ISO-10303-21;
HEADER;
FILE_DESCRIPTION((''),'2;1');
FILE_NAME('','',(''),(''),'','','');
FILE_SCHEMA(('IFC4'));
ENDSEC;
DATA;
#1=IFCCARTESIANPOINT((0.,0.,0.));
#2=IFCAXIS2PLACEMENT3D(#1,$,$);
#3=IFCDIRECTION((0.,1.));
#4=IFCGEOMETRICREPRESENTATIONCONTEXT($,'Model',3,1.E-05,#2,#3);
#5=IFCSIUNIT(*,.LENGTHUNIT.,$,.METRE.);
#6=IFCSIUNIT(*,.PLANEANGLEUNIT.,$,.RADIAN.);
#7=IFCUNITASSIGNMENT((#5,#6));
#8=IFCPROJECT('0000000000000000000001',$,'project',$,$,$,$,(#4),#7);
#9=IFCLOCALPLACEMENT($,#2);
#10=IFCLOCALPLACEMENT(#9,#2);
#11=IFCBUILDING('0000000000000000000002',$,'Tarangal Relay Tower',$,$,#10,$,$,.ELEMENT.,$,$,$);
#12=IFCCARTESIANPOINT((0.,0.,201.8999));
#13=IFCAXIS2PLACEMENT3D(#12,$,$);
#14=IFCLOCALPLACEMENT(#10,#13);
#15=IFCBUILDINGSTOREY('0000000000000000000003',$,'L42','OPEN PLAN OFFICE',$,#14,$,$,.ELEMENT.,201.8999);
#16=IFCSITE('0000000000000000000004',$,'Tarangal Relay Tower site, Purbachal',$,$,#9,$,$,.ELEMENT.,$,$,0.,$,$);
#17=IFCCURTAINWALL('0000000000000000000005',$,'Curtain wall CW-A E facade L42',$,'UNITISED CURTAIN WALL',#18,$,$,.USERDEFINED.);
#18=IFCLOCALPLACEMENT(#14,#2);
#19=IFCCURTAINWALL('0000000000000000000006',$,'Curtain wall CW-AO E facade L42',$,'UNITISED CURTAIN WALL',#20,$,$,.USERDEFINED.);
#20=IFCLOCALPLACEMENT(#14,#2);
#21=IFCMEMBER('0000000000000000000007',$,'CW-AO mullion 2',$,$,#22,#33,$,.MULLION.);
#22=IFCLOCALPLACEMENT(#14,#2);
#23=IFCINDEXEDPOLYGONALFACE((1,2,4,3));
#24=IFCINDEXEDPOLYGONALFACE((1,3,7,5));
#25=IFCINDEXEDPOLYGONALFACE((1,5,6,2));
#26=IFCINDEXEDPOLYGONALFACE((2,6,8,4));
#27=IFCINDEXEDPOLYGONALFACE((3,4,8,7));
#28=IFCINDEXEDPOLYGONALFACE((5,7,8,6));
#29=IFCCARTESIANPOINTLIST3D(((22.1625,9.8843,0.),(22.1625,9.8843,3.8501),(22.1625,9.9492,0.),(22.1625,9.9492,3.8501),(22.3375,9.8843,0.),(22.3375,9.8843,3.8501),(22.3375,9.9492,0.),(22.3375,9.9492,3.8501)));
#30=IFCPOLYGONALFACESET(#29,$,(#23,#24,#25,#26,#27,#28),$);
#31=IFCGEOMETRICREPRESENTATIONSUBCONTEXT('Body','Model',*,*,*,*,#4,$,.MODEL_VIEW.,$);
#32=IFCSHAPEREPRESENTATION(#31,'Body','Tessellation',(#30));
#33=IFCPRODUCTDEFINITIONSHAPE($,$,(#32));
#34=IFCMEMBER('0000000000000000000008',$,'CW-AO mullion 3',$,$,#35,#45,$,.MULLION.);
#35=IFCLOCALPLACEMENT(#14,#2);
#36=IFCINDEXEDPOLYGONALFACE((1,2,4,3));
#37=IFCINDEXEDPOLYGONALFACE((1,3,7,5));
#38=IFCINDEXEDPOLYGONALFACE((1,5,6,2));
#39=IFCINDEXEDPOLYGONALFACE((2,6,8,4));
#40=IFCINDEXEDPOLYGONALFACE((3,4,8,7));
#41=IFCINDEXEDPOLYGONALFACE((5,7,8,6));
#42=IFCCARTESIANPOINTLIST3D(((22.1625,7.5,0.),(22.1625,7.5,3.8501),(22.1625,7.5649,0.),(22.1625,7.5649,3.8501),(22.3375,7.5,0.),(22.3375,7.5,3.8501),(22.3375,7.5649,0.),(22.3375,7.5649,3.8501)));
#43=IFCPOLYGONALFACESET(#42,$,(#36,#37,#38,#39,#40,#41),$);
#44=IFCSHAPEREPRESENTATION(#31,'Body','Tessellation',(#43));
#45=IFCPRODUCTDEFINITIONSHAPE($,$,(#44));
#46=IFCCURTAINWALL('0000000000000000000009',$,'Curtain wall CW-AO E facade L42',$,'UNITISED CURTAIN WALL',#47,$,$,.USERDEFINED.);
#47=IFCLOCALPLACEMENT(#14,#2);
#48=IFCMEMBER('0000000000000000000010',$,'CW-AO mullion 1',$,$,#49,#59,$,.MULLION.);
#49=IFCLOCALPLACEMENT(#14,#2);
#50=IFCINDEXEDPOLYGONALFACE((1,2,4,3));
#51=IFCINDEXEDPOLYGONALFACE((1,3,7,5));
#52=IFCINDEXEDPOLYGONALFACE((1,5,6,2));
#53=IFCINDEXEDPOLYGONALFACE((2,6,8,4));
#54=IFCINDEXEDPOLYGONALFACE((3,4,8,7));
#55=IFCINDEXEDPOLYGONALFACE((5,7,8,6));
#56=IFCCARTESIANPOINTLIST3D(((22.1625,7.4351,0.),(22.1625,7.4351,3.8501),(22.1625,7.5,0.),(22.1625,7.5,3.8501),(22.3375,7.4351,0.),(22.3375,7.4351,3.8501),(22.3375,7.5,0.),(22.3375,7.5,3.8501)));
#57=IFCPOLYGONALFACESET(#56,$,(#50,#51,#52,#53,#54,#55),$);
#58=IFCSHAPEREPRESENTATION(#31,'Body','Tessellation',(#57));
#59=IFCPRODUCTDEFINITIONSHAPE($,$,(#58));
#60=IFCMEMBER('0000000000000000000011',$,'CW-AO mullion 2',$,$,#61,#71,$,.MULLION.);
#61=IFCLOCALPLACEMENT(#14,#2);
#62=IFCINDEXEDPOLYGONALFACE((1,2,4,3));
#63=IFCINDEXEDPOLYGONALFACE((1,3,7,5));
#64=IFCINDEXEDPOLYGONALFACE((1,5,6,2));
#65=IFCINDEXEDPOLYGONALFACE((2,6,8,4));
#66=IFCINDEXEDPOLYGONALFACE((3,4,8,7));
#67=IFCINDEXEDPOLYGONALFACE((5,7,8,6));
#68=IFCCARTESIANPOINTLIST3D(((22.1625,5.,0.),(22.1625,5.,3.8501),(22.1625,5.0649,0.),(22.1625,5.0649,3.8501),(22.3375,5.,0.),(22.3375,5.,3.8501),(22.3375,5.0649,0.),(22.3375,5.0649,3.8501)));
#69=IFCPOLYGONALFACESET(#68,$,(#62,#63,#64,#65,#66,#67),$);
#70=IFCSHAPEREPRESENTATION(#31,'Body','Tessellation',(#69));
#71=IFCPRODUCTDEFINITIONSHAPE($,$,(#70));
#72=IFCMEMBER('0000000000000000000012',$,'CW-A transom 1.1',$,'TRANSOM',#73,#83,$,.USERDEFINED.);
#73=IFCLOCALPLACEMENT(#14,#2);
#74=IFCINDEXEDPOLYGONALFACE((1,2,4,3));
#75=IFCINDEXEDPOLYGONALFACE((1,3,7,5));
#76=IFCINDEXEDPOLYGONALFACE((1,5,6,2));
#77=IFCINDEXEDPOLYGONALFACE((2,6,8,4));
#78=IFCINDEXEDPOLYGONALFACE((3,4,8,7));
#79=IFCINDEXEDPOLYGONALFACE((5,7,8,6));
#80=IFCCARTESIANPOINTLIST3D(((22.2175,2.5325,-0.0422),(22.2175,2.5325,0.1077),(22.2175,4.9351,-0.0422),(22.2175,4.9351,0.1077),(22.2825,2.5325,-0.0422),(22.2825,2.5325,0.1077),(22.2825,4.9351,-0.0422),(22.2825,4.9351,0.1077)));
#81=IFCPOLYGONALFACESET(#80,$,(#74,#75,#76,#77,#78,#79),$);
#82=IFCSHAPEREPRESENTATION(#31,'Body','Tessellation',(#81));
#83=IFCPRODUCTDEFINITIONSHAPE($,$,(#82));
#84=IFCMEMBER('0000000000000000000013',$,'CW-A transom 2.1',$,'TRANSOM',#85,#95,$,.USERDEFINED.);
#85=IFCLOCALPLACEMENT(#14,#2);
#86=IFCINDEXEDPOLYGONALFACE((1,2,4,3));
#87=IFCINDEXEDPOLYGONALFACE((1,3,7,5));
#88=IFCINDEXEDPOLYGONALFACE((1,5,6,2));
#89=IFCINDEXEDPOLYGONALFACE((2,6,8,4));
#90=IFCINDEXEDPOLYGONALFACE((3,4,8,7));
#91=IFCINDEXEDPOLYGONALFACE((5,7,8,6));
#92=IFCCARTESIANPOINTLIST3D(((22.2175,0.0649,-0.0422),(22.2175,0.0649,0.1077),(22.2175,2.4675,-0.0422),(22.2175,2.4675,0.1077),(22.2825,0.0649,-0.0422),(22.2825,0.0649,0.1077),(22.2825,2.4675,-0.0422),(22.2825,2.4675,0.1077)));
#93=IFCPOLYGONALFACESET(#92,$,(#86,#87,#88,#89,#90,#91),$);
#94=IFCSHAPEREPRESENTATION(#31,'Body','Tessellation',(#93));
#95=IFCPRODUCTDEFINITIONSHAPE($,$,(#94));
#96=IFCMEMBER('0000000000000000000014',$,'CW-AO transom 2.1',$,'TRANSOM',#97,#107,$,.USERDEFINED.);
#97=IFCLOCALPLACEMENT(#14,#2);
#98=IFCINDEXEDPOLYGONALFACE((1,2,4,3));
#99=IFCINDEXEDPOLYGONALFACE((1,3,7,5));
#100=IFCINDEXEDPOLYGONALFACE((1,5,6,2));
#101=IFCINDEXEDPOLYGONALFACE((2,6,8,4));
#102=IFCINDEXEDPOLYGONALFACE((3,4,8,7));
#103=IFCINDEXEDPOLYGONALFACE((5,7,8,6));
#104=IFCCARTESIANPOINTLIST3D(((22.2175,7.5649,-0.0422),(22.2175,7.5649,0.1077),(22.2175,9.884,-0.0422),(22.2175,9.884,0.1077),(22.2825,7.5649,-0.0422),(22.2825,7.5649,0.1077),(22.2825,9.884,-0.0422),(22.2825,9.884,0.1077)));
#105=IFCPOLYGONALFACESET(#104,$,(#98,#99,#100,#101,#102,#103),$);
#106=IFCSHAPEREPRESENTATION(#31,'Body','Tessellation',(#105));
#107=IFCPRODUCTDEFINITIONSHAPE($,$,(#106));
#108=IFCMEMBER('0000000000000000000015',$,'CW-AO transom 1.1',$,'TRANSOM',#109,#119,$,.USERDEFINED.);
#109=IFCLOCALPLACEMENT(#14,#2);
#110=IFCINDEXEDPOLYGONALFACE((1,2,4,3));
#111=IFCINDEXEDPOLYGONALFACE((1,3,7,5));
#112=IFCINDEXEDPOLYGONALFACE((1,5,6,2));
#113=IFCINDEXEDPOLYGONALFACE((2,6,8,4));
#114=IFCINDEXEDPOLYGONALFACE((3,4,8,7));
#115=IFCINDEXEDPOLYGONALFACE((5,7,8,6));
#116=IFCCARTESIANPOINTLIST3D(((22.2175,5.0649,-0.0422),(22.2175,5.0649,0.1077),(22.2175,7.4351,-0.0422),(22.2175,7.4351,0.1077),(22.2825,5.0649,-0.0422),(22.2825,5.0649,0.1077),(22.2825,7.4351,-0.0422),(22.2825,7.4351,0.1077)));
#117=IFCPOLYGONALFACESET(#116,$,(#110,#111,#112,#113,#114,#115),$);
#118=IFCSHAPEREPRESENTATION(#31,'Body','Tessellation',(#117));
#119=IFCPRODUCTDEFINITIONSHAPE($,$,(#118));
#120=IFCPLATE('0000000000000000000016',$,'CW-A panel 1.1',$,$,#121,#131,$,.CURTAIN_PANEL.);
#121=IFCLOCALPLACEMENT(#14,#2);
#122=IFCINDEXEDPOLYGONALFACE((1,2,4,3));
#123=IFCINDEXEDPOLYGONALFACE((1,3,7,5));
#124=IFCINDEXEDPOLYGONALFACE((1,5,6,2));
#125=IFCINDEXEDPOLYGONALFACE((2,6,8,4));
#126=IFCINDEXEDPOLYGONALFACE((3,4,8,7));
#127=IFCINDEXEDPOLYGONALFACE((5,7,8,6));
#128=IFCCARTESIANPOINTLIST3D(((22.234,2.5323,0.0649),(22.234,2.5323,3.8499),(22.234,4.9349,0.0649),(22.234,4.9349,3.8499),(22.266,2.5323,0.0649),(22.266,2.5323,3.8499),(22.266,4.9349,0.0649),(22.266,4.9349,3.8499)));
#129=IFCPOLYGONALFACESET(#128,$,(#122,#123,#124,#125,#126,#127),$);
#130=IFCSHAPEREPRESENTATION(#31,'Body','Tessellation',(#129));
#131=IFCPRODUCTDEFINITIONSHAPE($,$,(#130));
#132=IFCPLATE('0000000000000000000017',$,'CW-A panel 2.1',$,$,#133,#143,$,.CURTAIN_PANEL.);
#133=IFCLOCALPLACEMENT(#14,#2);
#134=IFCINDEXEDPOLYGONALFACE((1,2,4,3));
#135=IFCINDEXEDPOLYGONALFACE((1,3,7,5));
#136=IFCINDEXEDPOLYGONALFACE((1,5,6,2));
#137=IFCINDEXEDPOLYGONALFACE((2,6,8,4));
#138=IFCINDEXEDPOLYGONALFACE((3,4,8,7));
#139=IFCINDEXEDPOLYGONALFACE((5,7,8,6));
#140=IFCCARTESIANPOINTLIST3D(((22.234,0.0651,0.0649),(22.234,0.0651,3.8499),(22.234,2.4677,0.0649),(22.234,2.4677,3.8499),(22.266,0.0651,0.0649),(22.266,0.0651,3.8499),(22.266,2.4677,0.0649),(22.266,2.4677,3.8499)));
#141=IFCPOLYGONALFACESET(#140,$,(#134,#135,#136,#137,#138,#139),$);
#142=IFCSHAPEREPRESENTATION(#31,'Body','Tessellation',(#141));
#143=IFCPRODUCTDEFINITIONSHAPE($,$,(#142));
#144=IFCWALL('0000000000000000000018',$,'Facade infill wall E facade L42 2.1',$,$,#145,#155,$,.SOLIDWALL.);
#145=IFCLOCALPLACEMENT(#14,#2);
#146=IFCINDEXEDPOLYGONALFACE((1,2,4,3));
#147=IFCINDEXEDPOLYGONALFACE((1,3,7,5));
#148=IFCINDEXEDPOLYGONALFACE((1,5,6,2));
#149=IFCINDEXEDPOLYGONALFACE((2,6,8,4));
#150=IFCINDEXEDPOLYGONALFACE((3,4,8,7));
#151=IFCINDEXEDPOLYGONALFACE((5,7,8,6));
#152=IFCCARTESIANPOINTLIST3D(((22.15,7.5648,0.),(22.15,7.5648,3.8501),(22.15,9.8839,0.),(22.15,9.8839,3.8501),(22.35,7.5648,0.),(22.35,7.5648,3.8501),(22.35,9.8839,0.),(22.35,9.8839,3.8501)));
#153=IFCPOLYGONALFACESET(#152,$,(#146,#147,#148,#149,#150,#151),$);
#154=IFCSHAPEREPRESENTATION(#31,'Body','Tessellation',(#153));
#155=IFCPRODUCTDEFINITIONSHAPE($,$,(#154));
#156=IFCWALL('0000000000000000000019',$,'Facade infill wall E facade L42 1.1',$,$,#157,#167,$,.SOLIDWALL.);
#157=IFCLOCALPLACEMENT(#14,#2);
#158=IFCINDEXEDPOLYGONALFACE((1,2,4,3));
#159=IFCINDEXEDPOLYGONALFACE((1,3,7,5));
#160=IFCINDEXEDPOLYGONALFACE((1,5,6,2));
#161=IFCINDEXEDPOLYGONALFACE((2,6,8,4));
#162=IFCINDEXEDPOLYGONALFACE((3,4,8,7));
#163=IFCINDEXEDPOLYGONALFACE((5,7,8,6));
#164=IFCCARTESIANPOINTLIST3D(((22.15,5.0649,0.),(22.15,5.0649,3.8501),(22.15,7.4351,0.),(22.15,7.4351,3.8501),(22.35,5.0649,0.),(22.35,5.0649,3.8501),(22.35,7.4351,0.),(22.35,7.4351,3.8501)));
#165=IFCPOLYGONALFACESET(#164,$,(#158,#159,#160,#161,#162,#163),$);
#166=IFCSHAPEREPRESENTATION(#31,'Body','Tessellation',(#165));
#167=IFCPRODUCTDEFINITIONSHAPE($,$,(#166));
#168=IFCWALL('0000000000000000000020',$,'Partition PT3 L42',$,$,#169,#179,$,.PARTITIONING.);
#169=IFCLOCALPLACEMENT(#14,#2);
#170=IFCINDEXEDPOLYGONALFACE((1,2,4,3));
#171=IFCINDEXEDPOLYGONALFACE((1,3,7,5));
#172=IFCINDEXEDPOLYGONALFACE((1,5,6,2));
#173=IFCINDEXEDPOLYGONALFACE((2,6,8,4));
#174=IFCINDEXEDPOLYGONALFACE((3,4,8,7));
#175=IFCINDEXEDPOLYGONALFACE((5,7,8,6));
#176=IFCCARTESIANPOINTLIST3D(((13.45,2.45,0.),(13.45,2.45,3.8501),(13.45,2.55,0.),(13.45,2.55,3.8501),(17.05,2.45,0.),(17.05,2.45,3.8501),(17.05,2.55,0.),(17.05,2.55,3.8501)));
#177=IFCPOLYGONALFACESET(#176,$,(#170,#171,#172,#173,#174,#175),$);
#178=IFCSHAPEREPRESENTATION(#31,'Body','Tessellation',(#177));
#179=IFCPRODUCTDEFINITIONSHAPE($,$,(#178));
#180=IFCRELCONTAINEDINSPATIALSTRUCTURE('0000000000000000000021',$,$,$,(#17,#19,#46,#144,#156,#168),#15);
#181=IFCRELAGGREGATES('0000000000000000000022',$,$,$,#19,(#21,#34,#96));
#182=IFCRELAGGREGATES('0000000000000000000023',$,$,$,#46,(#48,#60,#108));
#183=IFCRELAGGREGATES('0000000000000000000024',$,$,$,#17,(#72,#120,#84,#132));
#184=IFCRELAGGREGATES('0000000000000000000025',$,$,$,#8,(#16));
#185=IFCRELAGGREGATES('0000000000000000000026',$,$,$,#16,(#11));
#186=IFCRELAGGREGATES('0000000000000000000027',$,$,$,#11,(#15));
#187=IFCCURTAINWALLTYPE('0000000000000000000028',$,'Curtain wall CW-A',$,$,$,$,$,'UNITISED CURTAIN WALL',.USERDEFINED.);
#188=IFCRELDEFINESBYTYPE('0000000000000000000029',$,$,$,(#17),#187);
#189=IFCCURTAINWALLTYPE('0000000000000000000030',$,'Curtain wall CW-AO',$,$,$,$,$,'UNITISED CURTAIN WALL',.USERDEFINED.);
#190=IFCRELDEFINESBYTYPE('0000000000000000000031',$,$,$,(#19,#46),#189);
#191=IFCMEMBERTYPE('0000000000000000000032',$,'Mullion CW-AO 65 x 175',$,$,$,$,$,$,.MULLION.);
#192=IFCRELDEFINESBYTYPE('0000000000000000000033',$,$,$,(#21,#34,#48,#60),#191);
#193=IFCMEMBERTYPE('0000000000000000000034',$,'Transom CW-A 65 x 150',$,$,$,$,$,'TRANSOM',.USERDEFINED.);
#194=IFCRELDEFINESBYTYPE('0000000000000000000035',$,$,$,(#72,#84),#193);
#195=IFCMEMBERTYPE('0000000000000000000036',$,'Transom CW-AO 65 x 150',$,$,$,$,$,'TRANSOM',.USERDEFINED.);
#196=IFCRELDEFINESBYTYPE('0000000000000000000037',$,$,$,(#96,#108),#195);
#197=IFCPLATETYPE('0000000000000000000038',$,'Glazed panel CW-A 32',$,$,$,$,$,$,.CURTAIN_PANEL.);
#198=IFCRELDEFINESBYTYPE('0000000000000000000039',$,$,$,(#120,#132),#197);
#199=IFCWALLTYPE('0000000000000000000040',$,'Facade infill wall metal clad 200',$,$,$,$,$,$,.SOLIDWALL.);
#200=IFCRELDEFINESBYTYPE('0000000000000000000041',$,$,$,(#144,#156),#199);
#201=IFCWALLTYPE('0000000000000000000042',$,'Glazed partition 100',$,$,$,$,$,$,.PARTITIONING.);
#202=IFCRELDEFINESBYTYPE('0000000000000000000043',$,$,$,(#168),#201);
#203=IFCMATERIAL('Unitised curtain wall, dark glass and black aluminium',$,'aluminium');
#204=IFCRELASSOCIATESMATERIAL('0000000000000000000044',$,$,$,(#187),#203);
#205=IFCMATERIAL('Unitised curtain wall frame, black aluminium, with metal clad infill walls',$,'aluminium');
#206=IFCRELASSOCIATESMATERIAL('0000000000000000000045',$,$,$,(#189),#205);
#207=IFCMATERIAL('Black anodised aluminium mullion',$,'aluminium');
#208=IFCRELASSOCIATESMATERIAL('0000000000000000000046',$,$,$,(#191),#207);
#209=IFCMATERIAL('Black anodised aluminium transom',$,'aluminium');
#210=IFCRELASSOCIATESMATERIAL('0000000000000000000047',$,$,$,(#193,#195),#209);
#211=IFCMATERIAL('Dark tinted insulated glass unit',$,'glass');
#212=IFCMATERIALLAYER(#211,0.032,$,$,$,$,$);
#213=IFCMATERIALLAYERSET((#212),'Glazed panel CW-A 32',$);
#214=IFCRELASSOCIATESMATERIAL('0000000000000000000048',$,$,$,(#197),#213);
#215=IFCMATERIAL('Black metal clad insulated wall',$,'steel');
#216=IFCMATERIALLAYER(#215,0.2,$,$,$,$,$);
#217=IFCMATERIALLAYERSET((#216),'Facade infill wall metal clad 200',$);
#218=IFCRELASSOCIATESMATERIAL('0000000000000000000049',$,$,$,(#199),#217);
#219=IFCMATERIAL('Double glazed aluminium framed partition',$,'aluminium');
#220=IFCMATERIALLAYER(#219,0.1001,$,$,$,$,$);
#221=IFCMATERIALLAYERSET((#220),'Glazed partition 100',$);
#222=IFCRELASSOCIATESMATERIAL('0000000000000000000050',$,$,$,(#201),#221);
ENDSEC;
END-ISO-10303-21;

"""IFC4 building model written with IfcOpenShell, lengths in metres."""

from ifc_helpers import new_model, si_unit, direction, frame, frame_2d, origin, origin_2d, place, context, subcontext, project, spatial, rectangle, extrude, material, layer, layer_set, material_profile, profile_set, type_object, element, aggregate, save


model = new_model("IFC4")

# Units and contexts
model_context = context("Model", 3, precision=1e-05, world=origin(), true_north=direction((0.0, 1.0)))
body_context = subcontext(model_context, "Body", "Model", "MODEL_VIEW")
ifc_project = project(units=[si_unit("LENGTHUNIT", "METRE"), si_unit("PLANEANGLEUNIT", "RADIAN")], contexts=[model_context])

# Site, building, storey
site_placement = place(None, origin())
site = spatial("IfcSite", under=ifc_project, at=site_placement, Name="Tarangal Relay Tower site, Purbachal", CompositionType="ELEMENT", RefElevation=0.0)
building_placement = place(site_placement, origin())
building = spatial("IfcBuilding", under=site, at=building_placement, Name="Tarangal Relay Tower", CompositionType="ELEMENT")
storey_placement = place(building_placement, frame((0.0, 0.0, 201.8999)))
storey = spatial("IfcBuildingStorey", under=building, at=storey_placement, Name="L42", Description="OPEN PLAN OFFICE", CompositionType="ELEMENT", Elevation=201.8999)

# Curtain walls, members
ifc_material_1 = material(Name="Unitised curtain wall, dark glass and black aluminium", Category="aluminium")
curtain_wall_type_1 = type_object("IfcCurtainWallType", Name="Curtain wall CW-A", ElementType="UNITISED CURTAIN WALL", PredefinedType="USERDEFINED", material=ifc_material_1)
curtain_wall_1_placement = place(storey_placement, origin())
curtain_wall_1 = element("IfcCurtainWall", 1, at=curtain_wall_1_placement, inside=storey, type_object=curtain_wall_type_1, Name="Curtain wall CW-A E facade L42", ObjectType="UNITISED CURTAIN WALL", PredefinedType="USERDEFINED")
ifc_material_2 = material(Name="Black anodised aluminium mullion", Category="aluminium")
ifc_material_3 = material(Name="Unitised curtain wall frame, black aluminium, with metal clad infill walls", Category="aluminium")
curtain_wall_type_2 = type_object("IfcCurtainWallType", Name="Curtain wall CW-AO", ElementType="UNITISED CURTAIN WALL", PredefinedType="USERDEFINED", material=ifc_material_3)
curtain_wall_2_placement = place(storey_placement, origin())
curtain_wall_2 = element("IfcCurtainWall", 2, at=curtain_wall_2_placement, inside=storey, type_object=curtain_wall_type_2, Name="Curtain wall CW-AO E facade L42", ObjectType="UNITISED CURTAIN WALL", PredefinedType="USERDEFINED")
ifc_material_profile_1 = material_profile(ifc_material_2, rectangle(XDim=0.175, YDim=0.0649, at=origin_2d()), Name="CW-AOM 65X175")
ifc_profile_set_1 = profile_set([ifc_material_profile_1], Name="Black anodised aluminium mullion")
member_type_1 = type_object("IfcMemberType", Name="Mullion CW-AO 65 x 175", PredefinedType="MULLION", material=ifc_profile_set_1)
member_1_placement = place(storey_placement, frame((22.25, 9.9167, 0.0), z_axis=(0.0, 0.0, 1.0), x_axis=(1.0, 0.0, 0.0)))
member_1 = element("IfcMember", 3, at=member_1_placement, type_object=member_type_1, Name="CW-AO mullion 2", PredefinedType="MULLION", context=body_context, shape_type="SweptSolid", body=[
    extrude(rectangle(XDim=0.175, YDim=0.0649, at=origin_2d()), origin(), (0.0, 0.0, 1.0), 3.8501),
])
member_2_placement = place(storey_placement, frame((22.25, 7.5325, 0.0), z_axis=(0.0, 0.0, 1.0), x_axis=(1.0, 0.0, 0.0)))
member_2 = element("IfcMember", 4, at=member_2_placement, type_object=member_type_1, Name="CW-AO mullion 3", PredefinedType="MULLION", context=body_context, shape_type="SweptSolid", body=[
    extrude(rectangle(XDim=0.175, YDim=0.0649, at=origin_2d()), origin(), (0.0, 0.0, 1.0), 3.8501),
])
curtain_wall_3_placement = place(storey_placement, origin())
curtain_wall_3 = element("IfcCurtainWall", 5, at=curtain_wall_3_placement, inside=storey, type_object=curtain_wall_type_2, Name="Curtain wall CW-AO E facade L42", ObjectType="UNITISED CURTAIN WALL", PredefinedType="USERDEFINED")
member_3_placement = place(storey_placement, frame((22.25, 7.4675, 0.0), z_axis=(0.0, 0.0, 1.0), x_axis=(1.0, 0.0, 0.0)))
member_3 = element("IfcMember", 6, at=member_3_placement, type_object=member_type_1, Name="CW-AO mullion 1", PredefinedType="MULLION", context=body_context, shape_type="SweptSolid", body=[
    extrude(rectangle(XDim=0.175, YDim=0.0649, at=origin_2d()), origin(), (0.0, 0.0, 1.0), 3.8501),
])
member_4_placement = place(storey_placement, frame((22.25, 5.0325, 0.0), z_axis=(0.0, 0.0, 1.0), x_axis=(1.0, 0.0, 0.0)))
member_4 = element("IfcMember", 7, at=member_4_placement, type_object=member_type_1, Name="CW-AO mullion 2", PredefinedType="MULLION", context=body_context, shape_type="SweptSolid", body=[
    extrude(rectangle(XDim=0.175, YDim=0.0649, at=origin_2d()), origin(), (0.0, 0.0, 1.0), 3.8501),
])

# Members
ifc_material_4 = material(Name="Black anodised aluminium transom", Category="aluminium")
ifc_material_profile_2 = material_profile(ifc_material_4, rectangle(XDim=0.0649, YDim=0.1499, at=origin_2d()), Name="CW-AT 65X150")
ifc_profile_set_2 = profile_set([ifc_material_profile_2], Name="Black anodised aluminium transom")
member_type_2 = type_object("IfcMemberType", Name="Transom CW-A 65 x 150", ElementType="TRANSOM", PredefinedType="USERDEFINED", material=ifc_profile_set_2)
member_5_placement = place(storey_placement, frame((22.25, 4.9351, 0.0327), z_axis=(0.0, -1.0, 0.0), x_axis=(1.0, 0.0, 0.0)))
member_5 = element("IfcMember", 8, at=member_5_placement, type_object=member_type_2, Name="CW-A transom 1.1", ObjectType="TRANSOM", PredefinedType="USERDEFINED", context=body_context, shape_type="SweptSolid", body=[
    extrude(rectangle(XDim=0.0649, YDim=0.1499, at=origin_2d()), origin(), (0.0, 0.0, 1.0), 2.4026),
])
member_6_placement = place(storey_placement, frame((22.25, 2.4675, 0.0327), z_axis=(0.0, -1.0, 0.0), x_axis=(1.0, 0.0, 0.0)))
member_6 = element("IfcMember", 9, at=member_6_placement, type_object=member_type_2, Name="CW-A transom 2.1", ObjectType="TRANSOM", PredefinedType="USERDEFINED", context=body_context, shape_type="SweptSolid", body=[
    extrude(rectangle(XDim=0.0649, YDim=0.1499, at=origin_2d()), origin(), (0.0, 0.0, 1.0), 2.4026),
])
ifc_material_profile_3 = material_profile(ifc_material_4, rectangle(XDim=0.0649, YDim=0.1499, at=origin_2d()), Name="CW-AOT 65X150")
ifc_profile_set_3 = profile_set([ifc_material_profile_3], Name="Black anodised aluminium transom")
member_type_3 = type_object("IfcMemberType", Name="Transom CW-AO 65 x 150", ElementType="TRANSOM", PredefinedType="USERDEFINED", material=ifc_profile_set_3)
member_7_placement = place(storey_placement, frame((22.25, 9.884, 0.0327), z_axis=(0.0, -1.0, 0.0), x_axis=(1.0, 0.0, 0.0)))
member_7 = element("IfcMember", 10, at=member_7_placement, type_object=member_type_3, Name="CW-AO transom 2.1", ObjectType="TRANSOM", PredefinedType="USERDEFINED", context=body_context, shape_type="SweptSolid", body=[
    extrude(rectangle(XDim=0.0649, YDim=0.1499, at=origin_2d()), origin(), (0.0, 0.0, 1.0), 2.3191),
])
aggregate(curtain_wall_2, [member_1, member_2, member_7])
member_8_placement = place(storey_placement, frame((22.25, 7.4351, 0.0327), z_axis=(0.0, -1.0, 0.0), x_axis=(1.0, 0.0, 0.0)))
member_8 = element("IfcMember", 11, at=member_8_placement, type_object=member_type_3, Name="CW-AO transom 1.1", ObjectType="TRANSOM", PredefinedType="USERDEFINED", context=body_context, shape_type="SweptSolid", body=[
    extrude(rectangle(XDim=0.0649, YDim=0.1499, at=origin_2d()), origin(), (0.0, 0.0, 1.0), 2.3701),
])
aggregate(curtain_wall_3, [member_3, member_4, member_8])

# Plates
ifc_material_5 = material(Name="Dark tinted insulated glass unit", Category="glass")
ifc_layer_1 = layer(ifc_material_5, 0.032)
ifc_layer_set_1 = layer_set([ifc_layer_1], Name="Glazed panel CW-A 32")
plate_type = type_object("IfcPlateType", Name="Glazed panel CW-A 32", PredefinedType="CURTAIN_PANEL", material=ifc_layer_set_1)
plate_1_placement = place(storey_placement, frame((22.25, 3.7336, 0.0649), z_axis=(0.0, 0.0, 1.0), x_axis=(0.0, -1.0, 0.0)))
plate_1 = element("IfcPlate", 12, at=plate_1_placement, type_object=plate_type, Name="CW-A panel 1.1", PredefinedType="CURTAIN_PANEL", context=body_context, shape_type="SweptSolid", body=[
    extrude(rectangle(XDim=2.4026, YDim=0.032, at=origin_2d()), origin(), (0.0, 0.0, 1.0), 3.7849),
])
plate_2_placement = place(storey_placement, frame((22.25, 1.2664, 0.0649), z_axis=(0.0, 0.0, 1.0), x_axis=(0.0, -1.0, 0.0)))
plate_2 = element("IfcPlate", 13, at=plate_2_placement, type_object=plate_type, Name="CW-A panel 2.1", PredefinedType="CURTAIN_PANEL", context=body_context, shape_type="SweptSolid", body=[
    extrude(rectangle(XDim=2.4026, YDim=0.032, at=origin_2d()), origin(), (0.0, 0.0, 1.0), 3.7849),
])
aggregate(curtain_wall_1, [member_5, plate_1, member_6, plate_2])

# Walls
ifc_material_6 = material(Name="Black metal clad insulated wall", Category="steel")
ifc_layer_2 = layer(ifc_material_6, 0.2)
ifc_layer_set_2 = layer_set([ifc_layer_2], Name="Facade infill wall metal clad 200")
wall_type_1 = type_object("IfcWallType", Name="Facade infill wall metal clad 200", PredefinedType="SOLIDWALL", material=ifc_layer_set_2)
wall_1_placement = place(storey_placement, frame((22.25, 9.884, 0.0), z_axis=(0.0, 0.0, 1.0), x_axis=(0.0, -1.0, 0.0)))
element("IfcWall", 14, at=wall_1_placement, inside=storey, type_object=wall_type_1, Name="Facade infill wall E facade L42 2.1", PredefinedType="SOLIDWALL", context=body_context, shape_type="SweptSolid", body=[
    extrude(rectangle(XDim=2.3191, YDim=0.2, at=frame_2d((1.1597, 0.0))), origin(), (0.0, 0.0, 1.0), 3.8501),
])
wall_2_placement = place(storey_placement, frame((22.25, 7.4351, 0.0), z_axis=(0.0, 0.0, 1.0), x_axis=(0.0, -1.0, 0.0)))
element("IfcWall", 15, at=wall_2_placement, inside=storey, type_object=wall_type_1, Name="Facade infill wall E facade L42 1.1", PredefinedType="SOLIDWALL", context=body_context, shape_type="SweptSolid", body=[
    extrude(rectangle(XDim=2.3701, YDim=0.2, at=frame_2d((1.1851, 0.0))), origin(), (0.0, 0.0, 1.0), 3.8501),
])
ifc_material_7 = material(Name="Double glazed aluminium framed partition", Category="aluminium")
ifc_layer_3 = layer(ifc_material_7, 0.1001)
ifc_layer_set_3 = layer_set([ifc_layer_3], Name="Glazed partition 100")
wall_type_2 = type_object("IfcWallType", Name="Glazed partition 100", PredefinedType="PARTITIONING", material=ifc_layer_set_3)
wall_3_placement = place(storey_placement, frame((13.45, 2.5, 0.0), z_axis=(0.0, 0.0, 1.0), x_axis=(1.0, 0.0, 0.0)))
element("IfcWall", 16, at=wall_3_placement, inside=storey, type_object=wall_type_2, Name="Partition PT3 L42", PredefinedType="PARTITIONING", context=body_context, shape_type="SweptSolid", body=[
    extrude(rectangle(XDim=3.6001, YDim=0.1001, at=frame_2d((1.8, 0.0))), origin(), (0.0, 0.0, 1.0), 3.8501),
])

save(model, "model.ifc")
